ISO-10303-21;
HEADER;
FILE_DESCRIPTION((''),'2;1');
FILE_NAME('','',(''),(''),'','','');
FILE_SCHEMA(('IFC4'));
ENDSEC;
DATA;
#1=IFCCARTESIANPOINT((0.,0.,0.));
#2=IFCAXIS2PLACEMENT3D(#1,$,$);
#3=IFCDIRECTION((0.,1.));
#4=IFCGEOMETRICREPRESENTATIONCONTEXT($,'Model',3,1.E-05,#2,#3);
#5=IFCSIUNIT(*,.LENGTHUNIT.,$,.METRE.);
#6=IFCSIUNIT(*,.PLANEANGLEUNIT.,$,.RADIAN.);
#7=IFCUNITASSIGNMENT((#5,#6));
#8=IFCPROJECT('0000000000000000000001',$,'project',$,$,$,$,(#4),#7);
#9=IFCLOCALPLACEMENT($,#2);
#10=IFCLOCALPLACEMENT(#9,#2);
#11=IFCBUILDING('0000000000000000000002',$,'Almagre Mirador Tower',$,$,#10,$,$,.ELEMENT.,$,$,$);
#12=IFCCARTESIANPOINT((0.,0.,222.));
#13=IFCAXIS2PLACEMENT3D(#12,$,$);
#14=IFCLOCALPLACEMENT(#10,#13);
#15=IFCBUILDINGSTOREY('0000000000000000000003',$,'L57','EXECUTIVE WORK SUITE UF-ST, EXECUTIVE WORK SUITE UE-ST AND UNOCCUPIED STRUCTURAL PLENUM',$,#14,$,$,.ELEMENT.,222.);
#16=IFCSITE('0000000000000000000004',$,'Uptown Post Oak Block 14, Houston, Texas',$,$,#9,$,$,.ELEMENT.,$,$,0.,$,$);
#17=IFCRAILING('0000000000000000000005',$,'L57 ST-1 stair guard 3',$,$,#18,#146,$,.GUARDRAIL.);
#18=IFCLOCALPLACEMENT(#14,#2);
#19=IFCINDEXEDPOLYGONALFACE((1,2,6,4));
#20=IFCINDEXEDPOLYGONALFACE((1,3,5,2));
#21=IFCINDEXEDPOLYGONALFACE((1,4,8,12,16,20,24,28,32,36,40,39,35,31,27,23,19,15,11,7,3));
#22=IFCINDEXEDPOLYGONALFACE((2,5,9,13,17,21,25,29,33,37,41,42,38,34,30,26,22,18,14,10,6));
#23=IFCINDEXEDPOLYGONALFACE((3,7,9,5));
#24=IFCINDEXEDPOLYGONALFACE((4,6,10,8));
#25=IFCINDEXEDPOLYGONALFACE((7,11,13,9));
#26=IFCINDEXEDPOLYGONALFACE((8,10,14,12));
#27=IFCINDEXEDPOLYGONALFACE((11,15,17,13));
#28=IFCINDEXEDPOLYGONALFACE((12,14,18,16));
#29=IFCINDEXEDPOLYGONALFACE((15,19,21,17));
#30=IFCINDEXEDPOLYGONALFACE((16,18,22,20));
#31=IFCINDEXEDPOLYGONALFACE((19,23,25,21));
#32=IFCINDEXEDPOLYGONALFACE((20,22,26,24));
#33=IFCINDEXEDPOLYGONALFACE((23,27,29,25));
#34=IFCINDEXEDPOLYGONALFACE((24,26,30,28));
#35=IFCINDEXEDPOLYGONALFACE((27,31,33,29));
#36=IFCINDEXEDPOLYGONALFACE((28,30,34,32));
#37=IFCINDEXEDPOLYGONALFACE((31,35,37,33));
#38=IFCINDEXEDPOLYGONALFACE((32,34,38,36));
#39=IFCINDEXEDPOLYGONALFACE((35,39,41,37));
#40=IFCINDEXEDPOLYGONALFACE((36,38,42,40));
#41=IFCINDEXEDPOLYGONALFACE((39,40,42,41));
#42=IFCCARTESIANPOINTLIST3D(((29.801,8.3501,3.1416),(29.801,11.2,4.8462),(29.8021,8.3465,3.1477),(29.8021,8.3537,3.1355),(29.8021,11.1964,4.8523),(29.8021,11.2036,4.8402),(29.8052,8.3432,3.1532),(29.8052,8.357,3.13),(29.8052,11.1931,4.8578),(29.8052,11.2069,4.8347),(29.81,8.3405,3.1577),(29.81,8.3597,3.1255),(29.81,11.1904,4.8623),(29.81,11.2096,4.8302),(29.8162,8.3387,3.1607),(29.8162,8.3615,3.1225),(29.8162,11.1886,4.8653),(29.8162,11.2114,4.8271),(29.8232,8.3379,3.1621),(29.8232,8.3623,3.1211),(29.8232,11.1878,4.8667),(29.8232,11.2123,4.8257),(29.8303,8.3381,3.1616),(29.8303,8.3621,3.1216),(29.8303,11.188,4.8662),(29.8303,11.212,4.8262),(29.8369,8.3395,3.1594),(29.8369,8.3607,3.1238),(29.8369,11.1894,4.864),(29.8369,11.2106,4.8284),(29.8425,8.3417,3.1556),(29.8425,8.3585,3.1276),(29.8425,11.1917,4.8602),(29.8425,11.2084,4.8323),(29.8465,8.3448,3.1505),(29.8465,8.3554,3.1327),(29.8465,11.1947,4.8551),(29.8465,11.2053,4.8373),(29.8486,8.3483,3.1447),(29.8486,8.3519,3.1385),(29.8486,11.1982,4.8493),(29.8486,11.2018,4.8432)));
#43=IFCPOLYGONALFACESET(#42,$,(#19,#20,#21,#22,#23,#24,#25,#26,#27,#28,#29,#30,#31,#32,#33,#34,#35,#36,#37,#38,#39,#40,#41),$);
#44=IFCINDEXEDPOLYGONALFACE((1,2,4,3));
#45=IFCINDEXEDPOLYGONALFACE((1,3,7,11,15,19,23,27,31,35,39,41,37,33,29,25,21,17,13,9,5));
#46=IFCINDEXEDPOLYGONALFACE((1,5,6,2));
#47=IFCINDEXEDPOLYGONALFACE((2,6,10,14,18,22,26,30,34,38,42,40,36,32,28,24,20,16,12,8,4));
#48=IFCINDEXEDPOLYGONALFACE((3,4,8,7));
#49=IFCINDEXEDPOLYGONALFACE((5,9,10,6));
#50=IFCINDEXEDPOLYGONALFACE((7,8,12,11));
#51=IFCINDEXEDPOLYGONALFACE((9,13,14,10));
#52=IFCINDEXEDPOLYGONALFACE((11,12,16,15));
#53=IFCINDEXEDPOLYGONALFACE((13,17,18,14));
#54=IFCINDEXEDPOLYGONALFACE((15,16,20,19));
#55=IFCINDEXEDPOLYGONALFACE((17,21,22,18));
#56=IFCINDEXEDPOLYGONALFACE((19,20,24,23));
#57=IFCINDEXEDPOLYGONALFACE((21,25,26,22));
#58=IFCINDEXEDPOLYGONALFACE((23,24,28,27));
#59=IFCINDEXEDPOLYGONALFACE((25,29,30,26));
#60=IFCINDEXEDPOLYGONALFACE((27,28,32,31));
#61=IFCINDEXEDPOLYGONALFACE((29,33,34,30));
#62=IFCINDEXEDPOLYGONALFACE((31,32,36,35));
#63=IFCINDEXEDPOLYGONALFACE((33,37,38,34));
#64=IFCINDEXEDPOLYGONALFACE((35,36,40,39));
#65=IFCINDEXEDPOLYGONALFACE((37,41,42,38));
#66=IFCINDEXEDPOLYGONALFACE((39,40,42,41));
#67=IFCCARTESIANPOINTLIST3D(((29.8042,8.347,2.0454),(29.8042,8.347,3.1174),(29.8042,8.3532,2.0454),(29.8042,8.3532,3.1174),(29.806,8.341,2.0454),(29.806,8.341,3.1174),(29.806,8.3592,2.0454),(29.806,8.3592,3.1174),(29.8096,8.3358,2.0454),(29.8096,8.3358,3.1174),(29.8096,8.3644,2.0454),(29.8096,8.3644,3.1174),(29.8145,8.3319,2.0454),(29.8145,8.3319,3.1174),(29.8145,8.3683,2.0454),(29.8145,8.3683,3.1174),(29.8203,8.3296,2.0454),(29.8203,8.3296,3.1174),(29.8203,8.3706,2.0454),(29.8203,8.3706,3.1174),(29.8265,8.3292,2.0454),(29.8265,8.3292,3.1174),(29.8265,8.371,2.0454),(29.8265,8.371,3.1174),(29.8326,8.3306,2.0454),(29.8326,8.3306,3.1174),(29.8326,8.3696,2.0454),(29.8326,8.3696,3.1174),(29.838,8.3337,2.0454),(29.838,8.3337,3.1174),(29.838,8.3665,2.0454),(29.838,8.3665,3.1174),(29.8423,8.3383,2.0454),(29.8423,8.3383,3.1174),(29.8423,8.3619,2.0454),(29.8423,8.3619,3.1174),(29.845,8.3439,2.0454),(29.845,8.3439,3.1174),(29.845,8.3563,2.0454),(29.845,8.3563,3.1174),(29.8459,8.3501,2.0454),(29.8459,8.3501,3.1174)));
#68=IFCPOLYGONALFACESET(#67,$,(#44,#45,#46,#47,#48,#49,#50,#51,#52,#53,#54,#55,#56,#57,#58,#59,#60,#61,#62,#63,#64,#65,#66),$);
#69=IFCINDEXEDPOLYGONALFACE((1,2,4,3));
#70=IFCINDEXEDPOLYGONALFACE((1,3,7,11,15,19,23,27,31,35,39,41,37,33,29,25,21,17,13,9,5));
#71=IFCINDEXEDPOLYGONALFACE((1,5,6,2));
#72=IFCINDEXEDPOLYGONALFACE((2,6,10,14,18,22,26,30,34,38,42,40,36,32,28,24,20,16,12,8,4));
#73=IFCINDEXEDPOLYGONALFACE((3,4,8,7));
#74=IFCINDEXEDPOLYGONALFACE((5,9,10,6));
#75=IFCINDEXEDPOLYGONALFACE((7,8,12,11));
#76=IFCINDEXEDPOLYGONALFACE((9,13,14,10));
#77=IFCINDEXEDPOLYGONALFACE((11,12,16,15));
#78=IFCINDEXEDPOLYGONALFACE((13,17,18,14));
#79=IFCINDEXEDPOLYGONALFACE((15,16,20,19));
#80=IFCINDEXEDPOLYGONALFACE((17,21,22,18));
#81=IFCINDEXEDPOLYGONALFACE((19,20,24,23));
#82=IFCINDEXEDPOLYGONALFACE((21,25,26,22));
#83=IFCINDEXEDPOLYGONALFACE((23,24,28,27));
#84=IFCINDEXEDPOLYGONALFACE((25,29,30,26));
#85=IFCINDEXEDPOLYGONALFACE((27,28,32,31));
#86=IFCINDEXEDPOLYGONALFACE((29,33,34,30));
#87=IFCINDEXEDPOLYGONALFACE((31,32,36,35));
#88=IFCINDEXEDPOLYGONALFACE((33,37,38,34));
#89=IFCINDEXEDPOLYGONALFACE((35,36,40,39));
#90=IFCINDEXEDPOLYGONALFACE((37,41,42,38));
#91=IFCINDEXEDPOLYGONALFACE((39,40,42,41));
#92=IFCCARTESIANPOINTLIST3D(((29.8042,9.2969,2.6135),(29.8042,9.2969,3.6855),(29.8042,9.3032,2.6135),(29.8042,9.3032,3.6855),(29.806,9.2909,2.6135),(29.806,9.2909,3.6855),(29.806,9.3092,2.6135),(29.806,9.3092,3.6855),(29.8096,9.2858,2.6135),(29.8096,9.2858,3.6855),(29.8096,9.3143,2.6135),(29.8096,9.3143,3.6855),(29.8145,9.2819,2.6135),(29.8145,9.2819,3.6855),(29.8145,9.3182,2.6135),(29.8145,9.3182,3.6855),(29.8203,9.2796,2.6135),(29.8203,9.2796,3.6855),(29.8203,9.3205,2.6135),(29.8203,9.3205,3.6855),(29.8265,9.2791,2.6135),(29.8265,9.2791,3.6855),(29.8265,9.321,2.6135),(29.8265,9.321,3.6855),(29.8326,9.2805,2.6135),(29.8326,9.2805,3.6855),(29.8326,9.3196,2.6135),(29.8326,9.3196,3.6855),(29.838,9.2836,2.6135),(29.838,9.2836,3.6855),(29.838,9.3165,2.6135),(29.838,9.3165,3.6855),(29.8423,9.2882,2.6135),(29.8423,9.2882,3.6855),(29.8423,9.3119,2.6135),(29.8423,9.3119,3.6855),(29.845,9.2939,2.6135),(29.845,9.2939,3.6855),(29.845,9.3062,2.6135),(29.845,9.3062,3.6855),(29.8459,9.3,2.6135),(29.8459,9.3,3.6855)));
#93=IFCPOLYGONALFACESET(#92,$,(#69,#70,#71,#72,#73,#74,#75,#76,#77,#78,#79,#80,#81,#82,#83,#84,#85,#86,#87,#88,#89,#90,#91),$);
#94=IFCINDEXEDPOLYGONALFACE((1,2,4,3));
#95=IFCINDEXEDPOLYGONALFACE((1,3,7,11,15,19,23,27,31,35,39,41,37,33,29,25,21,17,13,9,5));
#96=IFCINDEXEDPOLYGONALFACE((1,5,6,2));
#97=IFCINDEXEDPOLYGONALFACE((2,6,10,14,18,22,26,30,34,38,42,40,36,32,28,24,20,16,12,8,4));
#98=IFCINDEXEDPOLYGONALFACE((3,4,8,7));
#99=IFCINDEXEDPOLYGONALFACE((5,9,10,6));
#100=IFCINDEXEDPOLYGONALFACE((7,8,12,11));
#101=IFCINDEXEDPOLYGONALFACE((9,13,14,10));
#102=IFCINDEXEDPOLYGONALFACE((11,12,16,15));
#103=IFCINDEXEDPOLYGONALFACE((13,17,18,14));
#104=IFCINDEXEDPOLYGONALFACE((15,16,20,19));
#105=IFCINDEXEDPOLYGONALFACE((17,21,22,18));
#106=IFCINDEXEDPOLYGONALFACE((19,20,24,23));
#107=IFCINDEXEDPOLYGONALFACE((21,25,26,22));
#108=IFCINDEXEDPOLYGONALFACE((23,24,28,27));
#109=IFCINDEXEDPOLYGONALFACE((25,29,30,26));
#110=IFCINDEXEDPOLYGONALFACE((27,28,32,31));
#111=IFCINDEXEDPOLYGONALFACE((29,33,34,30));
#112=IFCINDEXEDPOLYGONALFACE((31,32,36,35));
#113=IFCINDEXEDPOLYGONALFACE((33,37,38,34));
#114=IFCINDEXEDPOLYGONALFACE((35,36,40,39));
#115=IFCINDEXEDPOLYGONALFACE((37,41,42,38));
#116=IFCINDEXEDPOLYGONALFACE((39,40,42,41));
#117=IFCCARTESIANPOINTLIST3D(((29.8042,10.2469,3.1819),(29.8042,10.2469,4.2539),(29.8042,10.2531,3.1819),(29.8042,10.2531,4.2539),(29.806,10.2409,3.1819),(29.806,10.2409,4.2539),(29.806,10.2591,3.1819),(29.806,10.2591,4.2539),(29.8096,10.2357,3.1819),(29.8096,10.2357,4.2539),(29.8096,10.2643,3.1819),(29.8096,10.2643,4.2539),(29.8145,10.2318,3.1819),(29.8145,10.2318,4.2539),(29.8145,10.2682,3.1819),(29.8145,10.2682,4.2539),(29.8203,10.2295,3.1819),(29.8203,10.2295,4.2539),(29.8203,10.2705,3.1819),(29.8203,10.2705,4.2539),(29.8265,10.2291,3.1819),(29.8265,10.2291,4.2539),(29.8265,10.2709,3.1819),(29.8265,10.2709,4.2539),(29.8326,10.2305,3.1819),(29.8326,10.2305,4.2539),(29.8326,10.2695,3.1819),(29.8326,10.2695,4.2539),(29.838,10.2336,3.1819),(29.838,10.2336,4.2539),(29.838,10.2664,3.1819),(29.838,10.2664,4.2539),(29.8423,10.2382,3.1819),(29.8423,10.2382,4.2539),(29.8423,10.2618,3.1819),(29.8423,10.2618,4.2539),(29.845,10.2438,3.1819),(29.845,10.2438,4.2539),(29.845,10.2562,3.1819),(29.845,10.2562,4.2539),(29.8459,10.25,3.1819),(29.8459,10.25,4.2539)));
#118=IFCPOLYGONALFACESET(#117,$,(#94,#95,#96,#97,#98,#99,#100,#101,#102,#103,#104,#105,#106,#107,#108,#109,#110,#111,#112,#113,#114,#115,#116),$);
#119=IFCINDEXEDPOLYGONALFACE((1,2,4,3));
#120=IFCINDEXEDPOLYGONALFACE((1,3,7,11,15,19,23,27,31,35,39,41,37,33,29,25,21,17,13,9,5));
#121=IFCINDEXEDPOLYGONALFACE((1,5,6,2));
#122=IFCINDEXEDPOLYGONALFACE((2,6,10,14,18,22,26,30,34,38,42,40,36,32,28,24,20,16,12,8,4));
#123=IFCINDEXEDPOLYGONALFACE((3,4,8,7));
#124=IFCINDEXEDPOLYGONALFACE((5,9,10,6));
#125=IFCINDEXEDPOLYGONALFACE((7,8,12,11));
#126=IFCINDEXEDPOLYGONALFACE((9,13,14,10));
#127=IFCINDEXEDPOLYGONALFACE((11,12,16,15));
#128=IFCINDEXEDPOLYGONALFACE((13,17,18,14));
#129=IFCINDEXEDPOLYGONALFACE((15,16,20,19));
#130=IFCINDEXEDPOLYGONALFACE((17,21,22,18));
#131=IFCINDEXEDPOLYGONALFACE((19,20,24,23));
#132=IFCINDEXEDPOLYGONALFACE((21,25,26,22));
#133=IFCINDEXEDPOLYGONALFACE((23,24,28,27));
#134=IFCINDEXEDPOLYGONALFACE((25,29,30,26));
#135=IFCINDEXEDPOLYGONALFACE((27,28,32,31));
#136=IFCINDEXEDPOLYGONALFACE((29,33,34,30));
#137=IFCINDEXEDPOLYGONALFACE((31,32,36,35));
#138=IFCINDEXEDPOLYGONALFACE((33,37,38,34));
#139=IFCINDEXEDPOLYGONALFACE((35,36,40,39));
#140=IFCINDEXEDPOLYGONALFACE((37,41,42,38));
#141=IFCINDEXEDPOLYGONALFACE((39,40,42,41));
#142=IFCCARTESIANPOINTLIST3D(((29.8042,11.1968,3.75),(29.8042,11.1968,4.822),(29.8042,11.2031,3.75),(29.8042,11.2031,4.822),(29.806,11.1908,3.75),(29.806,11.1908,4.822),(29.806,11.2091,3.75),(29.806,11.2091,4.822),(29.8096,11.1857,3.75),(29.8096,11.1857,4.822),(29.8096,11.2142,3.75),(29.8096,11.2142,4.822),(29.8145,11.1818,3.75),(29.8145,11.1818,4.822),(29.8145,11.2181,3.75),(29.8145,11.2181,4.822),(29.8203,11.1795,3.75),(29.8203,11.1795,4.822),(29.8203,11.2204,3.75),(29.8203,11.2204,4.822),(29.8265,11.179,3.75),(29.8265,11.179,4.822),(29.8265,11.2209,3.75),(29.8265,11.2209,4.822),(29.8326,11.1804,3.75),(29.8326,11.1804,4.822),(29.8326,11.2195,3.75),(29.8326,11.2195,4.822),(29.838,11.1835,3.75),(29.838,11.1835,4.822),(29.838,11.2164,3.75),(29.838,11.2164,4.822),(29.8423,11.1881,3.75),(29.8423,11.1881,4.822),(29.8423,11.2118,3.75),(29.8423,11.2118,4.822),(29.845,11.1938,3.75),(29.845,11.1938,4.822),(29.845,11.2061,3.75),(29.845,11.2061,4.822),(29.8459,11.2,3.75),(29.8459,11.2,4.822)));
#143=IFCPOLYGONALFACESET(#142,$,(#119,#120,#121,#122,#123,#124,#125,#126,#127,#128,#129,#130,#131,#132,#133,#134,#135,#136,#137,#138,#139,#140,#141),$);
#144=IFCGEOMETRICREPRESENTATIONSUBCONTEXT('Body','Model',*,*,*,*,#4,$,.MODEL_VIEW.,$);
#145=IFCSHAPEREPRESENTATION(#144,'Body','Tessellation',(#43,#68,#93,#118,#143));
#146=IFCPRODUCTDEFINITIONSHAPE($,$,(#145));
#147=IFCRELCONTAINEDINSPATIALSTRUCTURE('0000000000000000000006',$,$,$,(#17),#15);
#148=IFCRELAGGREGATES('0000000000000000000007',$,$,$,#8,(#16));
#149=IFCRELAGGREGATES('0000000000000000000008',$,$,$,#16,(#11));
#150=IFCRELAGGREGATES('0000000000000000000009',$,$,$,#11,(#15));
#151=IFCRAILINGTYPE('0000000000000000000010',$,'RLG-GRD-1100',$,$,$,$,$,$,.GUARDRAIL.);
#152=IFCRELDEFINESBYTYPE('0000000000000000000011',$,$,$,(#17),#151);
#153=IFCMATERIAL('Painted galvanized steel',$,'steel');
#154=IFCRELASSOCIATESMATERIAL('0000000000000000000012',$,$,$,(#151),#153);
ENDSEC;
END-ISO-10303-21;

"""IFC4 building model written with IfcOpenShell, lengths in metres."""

from ifc_helpers import new_model, si_unit, direction, frame, origin, origin_2d, place, context, subcontext, project, spatial, circle, extrude, material, type_object, element, save


model = new_model("IFC4")

# Units and contexts
model_context = context("Model", 3, precision=1e-05, world=origin(), true_north=direction((0.0, 1.0)))
body_context = subcontext(model_context, "Body", "Model", "MODEL_VIEW")
ifc_project = project(units=[si_unit("LENGTHUNIT", "METRE"), si_unit("PLANEANGLEUNIT", "RADIAN")], contexts=[model_context])

# Site, building, storey
site_placement = place(None, origin())
site = spatial("IfcSite", under=ifc_project, at=site_placement, Name="Uptown Post Oak Block 14, Houston, Texas", CompositionType="ELEMENT", RefElevation=0.0)
building_placement = place(site_placement, origin())
building = spatial("IfcBuilding", under=site, at=building_placement, Name="Almagre Mirador Tower", CompositionType="ELEMENT")
storey_placement = place(building_placement, frame((0.0, 0.0, 222.0)))
storey = spatial("IfcBuildingStorey", under=building, at=storey_placement, Name="L57", Description="EXECUTIVE WORK SUITE UF-ST, EXECUTIVE WORK SUITE UE-ST AND UNOCCUPIED STRUCTURAL PLENUM", CompositionType="ELEMENT", Elevation=222.0)

# Railing
ifc_material_1 = material(Name="Painted galvanized steel", Category="steel")
railing_type = type_object("IfcRailingType", Name="RLG-GRD-1100", PredefinedType="GUARDRAIL", material=ifc_material_1)
railing_1_placement = place(storey_placement, frame((29.825, 8.3501, 2.0454)))
element("IfcRailing", 1, at=railing_1_placement, inside=storey, type_object=railing_type, Name="L57 ST-1 stair guard 3", PredefinedType="GUARDRAIL", context=body_context, shape_type="SweptSolid", body=[
    extrude(circle(Radius=0.0239, at=origin_2d()), frame((0.0, 0.0, 1.0962), z_axis=(0.0, 0.858199, 0.513317), x_axis=(-1.0, 0.0, 0.0)), (0.0, 0.0, 1.0), 3.3208),
    extrude(circle(Radius=0.021, at=origin_2d()), origin(), (0.0, 0.0, 1.0), 1.072),
    extrude(circle(Radius=0.021, at=origin_2d()), frame((0.0, 0.95, 0.5681)), (0.0, 0.0, 1.0), 1.072),
    extrude(circle(Radius=0.021, at=origin_2d()), frame((0.0, 1.8999, 1.1365)), (0.0, 0.0, 1.0), 1.072),
    extrude(circle(Radius=0.021, at=origin_2d()), frame((0.0, 2.8499, 1.7046)), (0.0, 0.0, 1.0), 1.072),
])

save(model, "model.ifc")
